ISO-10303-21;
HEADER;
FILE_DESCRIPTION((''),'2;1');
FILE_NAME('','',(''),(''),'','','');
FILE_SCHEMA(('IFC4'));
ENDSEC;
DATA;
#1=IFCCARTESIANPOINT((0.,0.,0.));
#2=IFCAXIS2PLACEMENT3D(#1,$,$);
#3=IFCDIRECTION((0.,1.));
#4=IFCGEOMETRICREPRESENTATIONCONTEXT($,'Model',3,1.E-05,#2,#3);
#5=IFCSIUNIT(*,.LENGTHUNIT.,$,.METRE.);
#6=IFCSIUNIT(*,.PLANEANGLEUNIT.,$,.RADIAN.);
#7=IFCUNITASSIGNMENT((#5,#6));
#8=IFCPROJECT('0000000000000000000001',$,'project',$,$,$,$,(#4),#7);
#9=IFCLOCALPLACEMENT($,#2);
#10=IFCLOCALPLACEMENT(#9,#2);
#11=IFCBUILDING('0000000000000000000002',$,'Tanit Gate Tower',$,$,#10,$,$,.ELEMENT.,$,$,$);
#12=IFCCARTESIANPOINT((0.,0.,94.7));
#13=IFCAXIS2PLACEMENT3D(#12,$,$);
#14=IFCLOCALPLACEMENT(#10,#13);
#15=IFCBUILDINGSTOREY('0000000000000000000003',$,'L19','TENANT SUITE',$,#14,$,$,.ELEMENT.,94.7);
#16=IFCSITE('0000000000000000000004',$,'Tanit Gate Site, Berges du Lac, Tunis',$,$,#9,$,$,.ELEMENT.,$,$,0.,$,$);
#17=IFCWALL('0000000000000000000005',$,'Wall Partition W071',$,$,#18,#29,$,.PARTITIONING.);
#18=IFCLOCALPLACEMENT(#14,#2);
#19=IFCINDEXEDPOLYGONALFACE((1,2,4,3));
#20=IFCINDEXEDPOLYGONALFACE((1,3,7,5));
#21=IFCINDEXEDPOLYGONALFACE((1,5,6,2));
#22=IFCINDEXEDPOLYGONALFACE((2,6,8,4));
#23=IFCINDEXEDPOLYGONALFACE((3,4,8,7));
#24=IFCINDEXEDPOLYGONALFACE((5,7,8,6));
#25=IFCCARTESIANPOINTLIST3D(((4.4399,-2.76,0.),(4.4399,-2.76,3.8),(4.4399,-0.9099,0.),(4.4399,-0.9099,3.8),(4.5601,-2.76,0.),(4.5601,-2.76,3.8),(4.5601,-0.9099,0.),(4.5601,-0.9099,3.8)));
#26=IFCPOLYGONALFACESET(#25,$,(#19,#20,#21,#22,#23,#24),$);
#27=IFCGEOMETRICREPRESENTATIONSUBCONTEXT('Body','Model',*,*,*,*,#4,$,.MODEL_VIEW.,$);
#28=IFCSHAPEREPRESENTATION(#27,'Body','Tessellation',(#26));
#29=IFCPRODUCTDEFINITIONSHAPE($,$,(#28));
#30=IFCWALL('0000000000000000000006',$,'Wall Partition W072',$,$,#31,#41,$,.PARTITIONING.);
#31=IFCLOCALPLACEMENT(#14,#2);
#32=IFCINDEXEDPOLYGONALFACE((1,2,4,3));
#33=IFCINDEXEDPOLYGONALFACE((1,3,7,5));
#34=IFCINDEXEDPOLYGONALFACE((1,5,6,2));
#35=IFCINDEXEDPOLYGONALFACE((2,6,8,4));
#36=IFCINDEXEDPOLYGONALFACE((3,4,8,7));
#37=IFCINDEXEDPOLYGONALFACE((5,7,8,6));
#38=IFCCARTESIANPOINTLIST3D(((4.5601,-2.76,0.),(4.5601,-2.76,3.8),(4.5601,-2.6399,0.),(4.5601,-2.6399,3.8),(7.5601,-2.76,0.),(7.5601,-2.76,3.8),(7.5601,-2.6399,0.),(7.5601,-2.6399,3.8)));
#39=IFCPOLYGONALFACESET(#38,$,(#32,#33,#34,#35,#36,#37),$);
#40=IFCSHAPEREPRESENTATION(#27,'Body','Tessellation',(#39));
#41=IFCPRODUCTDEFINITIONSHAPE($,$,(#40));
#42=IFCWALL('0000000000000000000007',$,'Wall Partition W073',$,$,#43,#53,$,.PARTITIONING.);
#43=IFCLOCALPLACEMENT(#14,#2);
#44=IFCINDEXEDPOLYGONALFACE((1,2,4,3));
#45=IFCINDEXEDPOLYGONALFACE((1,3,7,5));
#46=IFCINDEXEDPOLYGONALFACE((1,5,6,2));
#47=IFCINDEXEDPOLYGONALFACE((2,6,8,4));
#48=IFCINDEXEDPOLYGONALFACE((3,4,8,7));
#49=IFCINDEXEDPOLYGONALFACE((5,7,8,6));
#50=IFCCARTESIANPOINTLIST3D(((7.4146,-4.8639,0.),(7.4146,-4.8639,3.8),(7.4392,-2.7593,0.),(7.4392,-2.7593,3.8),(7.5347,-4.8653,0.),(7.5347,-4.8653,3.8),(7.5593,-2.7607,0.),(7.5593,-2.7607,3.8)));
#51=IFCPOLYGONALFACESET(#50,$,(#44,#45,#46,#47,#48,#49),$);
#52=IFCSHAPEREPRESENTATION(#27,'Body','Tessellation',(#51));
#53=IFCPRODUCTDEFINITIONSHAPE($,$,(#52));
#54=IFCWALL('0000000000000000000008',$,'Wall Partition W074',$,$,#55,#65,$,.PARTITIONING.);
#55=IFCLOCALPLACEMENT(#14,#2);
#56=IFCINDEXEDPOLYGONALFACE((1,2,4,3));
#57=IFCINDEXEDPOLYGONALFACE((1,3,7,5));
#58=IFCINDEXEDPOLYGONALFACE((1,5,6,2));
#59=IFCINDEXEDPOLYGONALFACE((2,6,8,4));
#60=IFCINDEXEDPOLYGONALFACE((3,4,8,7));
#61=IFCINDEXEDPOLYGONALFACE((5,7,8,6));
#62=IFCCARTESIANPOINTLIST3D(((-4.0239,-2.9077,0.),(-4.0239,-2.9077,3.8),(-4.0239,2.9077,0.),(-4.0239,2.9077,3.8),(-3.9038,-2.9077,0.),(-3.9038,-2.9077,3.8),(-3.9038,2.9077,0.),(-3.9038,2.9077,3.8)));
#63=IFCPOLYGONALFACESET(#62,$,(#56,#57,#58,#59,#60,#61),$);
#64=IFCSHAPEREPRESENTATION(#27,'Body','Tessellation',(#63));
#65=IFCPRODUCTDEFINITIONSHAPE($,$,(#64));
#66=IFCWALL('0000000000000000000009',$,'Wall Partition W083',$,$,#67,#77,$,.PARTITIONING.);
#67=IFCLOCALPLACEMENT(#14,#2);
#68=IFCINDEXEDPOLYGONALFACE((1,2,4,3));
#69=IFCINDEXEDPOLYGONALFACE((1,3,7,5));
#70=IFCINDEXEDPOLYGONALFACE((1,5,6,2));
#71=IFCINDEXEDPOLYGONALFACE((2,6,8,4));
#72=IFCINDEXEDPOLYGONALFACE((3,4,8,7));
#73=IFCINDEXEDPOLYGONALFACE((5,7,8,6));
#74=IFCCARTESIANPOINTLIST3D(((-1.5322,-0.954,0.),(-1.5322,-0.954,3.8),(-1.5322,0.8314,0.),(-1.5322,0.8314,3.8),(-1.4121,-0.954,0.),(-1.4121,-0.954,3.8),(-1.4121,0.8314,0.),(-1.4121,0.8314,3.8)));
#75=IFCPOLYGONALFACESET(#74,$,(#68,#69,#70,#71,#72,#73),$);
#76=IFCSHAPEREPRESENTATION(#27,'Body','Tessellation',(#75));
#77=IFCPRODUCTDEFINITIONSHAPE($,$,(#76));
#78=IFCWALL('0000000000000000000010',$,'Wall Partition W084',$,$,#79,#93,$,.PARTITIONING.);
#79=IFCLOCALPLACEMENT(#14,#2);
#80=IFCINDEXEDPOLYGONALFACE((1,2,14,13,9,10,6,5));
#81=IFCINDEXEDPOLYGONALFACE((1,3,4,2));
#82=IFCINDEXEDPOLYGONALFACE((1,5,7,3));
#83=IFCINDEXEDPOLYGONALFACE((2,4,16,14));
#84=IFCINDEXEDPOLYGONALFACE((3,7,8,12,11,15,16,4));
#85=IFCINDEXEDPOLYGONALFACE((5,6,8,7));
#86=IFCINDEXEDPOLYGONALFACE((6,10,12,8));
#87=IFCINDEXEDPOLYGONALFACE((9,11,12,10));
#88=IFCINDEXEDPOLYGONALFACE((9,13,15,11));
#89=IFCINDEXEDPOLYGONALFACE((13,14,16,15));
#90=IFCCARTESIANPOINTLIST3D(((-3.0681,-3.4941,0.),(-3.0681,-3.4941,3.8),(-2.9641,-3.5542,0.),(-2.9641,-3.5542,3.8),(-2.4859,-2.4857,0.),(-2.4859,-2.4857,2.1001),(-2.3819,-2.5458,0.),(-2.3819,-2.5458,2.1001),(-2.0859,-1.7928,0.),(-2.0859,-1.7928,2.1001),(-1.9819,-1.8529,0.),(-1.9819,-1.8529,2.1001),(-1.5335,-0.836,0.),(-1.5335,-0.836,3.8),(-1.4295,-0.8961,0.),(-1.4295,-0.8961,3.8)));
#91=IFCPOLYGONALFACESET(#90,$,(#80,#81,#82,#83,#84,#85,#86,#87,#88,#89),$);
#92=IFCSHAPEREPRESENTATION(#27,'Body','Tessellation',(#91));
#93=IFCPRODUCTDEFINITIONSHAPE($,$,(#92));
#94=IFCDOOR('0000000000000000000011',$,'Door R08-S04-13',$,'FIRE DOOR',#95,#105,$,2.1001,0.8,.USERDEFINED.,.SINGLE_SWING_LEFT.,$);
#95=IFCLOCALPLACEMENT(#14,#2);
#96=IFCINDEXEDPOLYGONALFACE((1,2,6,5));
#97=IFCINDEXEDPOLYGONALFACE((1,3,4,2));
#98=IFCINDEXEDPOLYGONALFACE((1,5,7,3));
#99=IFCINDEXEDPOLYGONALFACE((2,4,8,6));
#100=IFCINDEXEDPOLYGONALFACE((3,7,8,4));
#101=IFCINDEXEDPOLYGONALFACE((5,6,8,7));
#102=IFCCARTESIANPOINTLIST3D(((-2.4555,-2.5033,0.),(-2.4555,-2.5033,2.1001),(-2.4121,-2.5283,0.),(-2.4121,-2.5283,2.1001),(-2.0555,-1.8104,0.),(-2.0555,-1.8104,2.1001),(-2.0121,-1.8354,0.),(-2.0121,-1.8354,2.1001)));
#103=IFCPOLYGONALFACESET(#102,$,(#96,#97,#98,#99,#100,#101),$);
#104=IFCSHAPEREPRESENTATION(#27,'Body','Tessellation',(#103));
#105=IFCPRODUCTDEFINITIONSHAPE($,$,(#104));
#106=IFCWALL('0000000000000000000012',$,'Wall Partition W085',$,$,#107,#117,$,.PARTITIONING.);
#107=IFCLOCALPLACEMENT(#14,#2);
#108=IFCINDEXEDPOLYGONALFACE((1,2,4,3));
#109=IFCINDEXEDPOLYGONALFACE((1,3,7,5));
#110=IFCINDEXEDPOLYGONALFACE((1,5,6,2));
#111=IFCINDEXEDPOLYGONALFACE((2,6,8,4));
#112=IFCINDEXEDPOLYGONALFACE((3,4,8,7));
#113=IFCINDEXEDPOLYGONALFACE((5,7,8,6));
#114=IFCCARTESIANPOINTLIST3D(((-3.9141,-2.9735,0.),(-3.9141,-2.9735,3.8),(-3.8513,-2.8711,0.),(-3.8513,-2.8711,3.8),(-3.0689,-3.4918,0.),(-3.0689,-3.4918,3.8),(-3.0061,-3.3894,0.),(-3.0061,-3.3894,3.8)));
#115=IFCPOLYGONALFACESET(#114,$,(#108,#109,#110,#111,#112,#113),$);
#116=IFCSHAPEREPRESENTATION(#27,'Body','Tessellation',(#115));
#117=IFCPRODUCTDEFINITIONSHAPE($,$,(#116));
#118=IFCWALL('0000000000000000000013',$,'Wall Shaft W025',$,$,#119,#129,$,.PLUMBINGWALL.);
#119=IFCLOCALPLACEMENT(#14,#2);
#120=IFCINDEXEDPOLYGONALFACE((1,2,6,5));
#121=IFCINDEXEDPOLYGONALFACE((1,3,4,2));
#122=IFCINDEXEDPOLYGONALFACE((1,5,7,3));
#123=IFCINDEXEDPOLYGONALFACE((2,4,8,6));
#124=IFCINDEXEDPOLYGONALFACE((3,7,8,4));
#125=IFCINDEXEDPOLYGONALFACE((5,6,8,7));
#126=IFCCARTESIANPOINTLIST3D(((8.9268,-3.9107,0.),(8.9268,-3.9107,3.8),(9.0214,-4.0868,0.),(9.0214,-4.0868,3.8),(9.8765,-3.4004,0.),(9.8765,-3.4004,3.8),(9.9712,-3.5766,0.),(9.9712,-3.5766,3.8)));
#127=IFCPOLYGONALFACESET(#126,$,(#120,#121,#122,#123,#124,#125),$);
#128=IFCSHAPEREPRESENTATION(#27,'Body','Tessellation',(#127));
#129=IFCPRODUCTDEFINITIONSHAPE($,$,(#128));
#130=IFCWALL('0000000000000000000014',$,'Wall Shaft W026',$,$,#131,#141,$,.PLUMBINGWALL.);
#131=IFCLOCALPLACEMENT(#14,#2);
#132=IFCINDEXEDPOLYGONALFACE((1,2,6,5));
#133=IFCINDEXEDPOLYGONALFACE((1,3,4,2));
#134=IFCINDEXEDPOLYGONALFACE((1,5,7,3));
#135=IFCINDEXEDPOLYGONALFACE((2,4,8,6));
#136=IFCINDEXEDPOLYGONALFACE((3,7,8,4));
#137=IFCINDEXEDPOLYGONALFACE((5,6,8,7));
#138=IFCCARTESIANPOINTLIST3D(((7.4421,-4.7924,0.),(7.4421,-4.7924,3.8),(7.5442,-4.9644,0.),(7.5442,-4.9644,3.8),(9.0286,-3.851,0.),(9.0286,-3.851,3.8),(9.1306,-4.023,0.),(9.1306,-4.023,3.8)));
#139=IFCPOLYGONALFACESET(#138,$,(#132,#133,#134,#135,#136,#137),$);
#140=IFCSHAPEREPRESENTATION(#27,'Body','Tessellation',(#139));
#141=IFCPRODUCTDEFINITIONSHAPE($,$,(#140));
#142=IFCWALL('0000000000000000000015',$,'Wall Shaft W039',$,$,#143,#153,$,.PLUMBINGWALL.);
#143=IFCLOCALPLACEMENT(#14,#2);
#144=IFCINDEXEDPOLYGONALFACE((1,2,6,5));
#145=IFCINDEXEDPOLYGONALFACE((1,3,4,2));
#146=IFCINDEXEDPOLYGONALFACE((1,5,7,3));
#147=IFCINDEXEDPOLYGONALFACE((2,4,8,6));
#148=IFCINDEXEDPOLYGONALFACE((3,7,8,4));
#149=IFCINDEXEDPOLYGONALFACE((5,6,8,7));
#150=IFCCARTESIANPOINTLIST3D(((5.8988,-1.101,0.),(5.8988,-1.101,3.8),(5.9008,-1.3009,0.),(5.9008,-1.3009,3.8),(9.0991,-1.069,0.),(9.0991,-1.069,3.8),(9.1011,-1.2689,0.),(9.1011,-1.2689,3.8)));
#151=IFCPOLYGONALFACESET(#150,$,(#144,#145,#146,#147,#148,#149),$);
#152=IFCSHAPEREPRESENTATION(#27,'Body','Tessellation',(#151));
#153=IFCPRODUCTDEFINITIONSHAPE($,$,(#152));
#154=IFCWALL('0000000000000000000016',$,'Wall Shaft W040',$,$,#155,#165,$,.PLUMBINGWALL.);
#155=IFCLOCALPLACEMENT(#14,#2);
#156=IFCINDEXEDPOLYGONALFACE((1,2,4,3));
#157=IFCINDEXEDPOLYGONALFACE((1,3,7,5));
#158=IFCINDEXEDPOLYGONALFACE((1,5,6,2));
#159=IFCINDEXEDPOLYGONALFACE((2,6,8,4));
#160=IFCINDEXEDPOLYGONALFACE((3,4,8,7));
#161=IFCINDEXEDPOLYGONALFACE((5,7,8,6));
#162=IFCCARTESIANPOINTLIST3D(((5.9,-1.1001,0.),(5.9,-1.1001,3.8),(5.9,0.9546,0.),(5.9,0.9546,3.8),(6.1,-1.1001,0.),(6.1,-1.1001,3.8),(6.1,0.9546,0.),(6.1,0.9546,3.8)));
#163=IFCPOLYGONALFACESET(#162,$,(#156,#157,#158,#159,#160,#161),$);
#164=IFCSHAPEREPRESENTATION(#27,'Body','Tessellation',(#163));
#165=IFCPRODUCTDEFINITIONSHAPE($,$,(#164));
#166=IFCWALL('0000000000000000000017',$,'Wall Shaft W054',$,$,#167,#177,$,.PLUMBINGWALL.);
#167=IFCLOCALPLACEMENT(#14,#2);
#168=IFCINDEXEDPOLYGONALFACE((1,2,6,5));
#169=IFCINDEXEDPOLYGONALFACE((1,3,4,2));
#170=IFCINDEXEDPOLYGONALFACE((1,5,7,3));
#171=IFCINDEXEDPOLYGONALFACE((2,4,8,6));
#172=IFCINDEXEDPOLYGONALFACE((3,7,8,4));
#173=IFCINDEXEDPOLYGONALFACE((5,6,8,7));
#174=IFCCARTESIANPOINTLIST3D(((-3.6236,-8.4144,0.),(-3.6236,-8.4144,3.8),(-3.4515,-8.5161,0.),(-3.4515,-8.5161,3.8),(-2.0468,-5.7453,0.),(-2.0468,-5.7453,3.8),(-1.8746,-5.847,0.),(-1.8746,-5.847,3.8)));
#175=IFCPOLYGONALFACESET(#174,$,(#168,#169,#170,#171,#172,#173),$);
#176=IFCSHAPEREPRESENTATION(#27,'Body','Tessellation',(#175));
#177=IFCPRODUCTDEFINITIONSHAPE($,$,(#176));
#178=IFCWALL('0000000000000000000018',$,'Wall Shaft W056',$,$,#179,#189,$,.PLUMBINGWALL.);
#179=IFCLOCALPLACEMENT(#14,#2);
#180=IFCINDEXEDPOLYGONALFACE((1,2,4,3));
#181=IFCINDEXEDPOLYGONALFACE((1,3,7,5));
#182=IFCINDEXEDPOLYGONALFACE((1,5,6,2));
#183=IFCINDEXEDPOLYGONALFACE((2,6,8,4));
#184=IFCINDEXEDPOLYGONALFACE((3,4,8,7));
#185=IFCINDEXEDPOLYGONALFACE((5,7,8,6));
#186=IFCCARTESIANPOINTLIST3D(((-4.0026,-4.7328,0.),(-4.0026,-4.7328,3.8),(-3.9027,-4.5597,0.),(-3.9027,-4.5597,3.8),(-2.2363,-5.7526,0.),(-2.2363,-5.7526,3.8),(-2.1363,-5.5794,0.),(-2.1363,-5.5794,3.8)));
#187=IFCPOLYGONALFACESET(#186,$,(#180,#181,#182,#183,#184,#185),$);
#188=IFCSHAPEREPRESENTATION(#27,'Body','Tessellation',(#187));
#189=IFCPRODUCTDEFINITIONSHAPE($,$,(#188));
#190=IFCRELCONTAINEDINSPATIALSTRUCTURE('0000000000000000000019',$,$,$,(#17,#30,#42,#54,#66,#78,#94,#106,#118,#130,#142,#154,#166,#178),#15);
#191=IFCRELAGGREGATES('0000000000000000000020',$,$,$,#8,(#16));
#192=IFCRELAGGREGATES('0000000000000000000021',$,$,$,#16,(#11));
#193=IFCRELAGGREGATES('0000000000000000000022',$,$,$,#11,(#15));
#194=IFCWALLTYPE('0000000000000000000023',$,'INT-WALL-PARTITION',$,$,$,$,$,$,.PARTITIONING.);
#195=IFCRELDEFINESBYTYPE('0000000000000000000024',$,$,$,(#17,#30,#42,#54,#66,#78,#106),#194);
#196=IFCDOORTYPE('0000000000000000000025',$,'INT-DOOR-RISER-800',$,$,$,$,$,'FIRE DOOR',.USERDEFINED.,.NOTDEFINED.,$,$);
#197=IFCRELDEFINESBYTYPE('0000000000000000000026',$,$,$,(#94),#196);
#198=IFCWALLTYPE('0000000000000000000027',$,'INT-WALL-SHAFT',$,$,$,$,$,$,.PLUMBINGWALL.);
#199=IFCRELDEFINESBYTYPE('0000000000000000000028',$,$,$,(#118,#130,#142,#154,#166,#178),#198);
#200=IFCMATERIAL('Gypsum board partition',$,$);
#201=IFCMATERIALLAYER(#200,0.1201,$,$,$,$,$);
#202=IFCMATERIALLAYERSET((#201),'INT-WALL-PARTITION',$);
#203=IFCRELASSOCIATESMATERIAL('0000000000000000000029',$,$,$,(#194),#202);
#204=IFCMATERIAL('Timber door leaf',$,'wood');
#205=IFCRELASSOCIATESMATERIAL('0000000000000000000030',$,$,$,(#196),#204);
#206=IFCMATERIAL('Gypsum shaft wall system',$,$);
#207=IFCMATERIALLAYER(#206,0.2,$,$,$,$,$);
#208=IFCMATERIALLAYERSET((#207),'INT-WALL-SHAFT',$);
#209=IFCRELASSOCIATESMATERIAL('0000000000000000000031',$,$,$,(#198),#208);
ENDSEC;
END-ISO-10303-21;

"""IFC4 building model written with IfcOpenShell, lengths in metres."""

from ifc_helpers import new_model, si_unit, direction, frame, frame_2d, origin, place, context, subcontext, project, spatial, rectangle, extrude, material, layer, layer_set, type_object, element, fill, save


model = new_model("IFC4")

# Units and contexts
model_context = context("Model", 3, precision=1e-05, world=origin(), true_north=direction((0.0, 1.0)))
body_context = subcontext(model_context, "Body", "Model", "MODEL_VIEW")
ifc_project = project(units=[si_unit("LENGTHUNIT", "METRE"), si_unit("PLANEANGLEUNIT", "RADIAN")], contexts=[model_context])

# Site, building, storey
site_placement = place(None, origin())
site = spatial("IfcSite", under=ifc_project, at=site_placement, Name="Tanit Gate Site, Berges du Lac, Tunis", CompositionType="ELEMENT", RefElevation=0.0)
building_placement = place(site_placement, origin())
building = spatial("IfcBuilding", under=site, at=building_placement, Name="Tanit Gate Tower", CompositionType="ELEMENT")
storey_placement = place(building_placement, frame((0.0, 0.0, 94.7)))
storey = spatial("IfcBuildingStorey", under=building, at=storey_placement, Name="L19", Description="TENANT SUITE", CompositionType="ELEMENT", Elevation=94.7)

# Shared definitions
ifc_material_1 = material(Name="Gypsum board partition")
ifc_layer_1 = layer(ifc_material_1, 0.1201)
ifc_layer_set_1 = layer_set([ifc_layer_1], Name="INT-WALL-PARTITION")
wall_type_1 = type_object("IfcWallType", Name="INT-WALL-PARTITION", PredefinedType="PARTITIONING", material=ifc_layer_set_1)
ifc_material_2 = material(Name="Timber door leaf", Category="wood")
door_type_1 = type_object("IfcDoorType", Name="INT-DOOR-RISER-800", ElementType="FIRE DOOR", OperationType="NOTDEFINED", PredefinedType="USERDEFINED", material=ifc_material_2)

# Walls
wall_1_placement = place(storey_placement, frame((4.5, -2.76, 0.0), z_axis=(0.0, 0.0, 1.0), x_axis=(0.0, 1.0, 0.0)))
element("IfcWall", 1, at=wall_1_placement, inside=storey, type_object=wall_type_1, Name="Wall Partition W071", PredefinedType="PARTITIONING", context=body_context, shape_type="SweptSolid", body=[
    extrude(rectangle(XDim=1.8501, YDim=0.1201, at=frame_2d((0.925, 0.0))), origin(), (0.0, 0.0, 1.0), 3.8),
])
wall_2_placement = place(storey_placement, frame((7.5601, -2.7, 0.0), z_axis=(0.0, 0.0, 1.0), x_axis=(-1.0, 0.0, 0.0)))
element("IfcWall", 2, at=wall_2_placement, inside=storey, type_object=wall_type_1, Name="Wall Partition W072", PredefinedType="PARTITIONING", context=body_context, shape_type="SweptSolid", body=[
    extrude(rectangle(XDim=3.0, YDim=0.1201, at=frame_2d((1.5, 0.0))), origin(), (0.0, 0.0, 1.0), 3.8),
])
wall_3_placement = place(storey_placement, frame((7.4746, -4.8645, 0.0), z_axis=(0.0, 0.0, 1.0), x_axis=(0.011716, 0.999931, 0.0)))
element("IfcWall", 3, at=wall_3_placement, inside=storey, type_object=wall_type_1, Name="Wall Partition W073", PredefinedType="PARTITIONING", context=body_context, shape_type="SweptSolid", body=[
    extrude(rectangle(XDim=2.1047, YDim=0.1201, at=frame_2d((1.0522, 0.0))), origin(), (0.0, 0.0, 1.0), 3.8),
])
wall_4_placement = place(storey_placement, frame((-3.9639, -2.9077, 0.0), z_axis=(0.0, 0.0, 1.0), x_axis=(0.0, 1.0, 0.0)))
element("IfcWall", 4, at=wall_4_placement, inside=storey, type_object=wall_type_1, Name="Wall Partition W074", PredefinedType="PARTITIONING", context=body_context, shape_type="SweptSolid", body=[
    extrude(rectangle(XDim=5.8154, YDim=0.1201, at=frame_2d((2.9077, 0.0))), origin(), (0.0, 0.0, 1.0), 3.8),
])
wall_5_placement = place(storey_placement, frame((-1.4722, -0.9539, 0.0), z_axis=(0.0, 0.0, 1.0), x_axis=(0.0, 1.0, 0.0)))
element("IfcWall", 5, at=wall_5_placement, inside=storey, type_object=wall_type_1, Name="Wall Partition W083", PredefinedType="PARTITIONING", context=body_context, shape_type="SweptSolid", body=[
    extrude(rectangle(XDim=1.7854, YDim=0.1201, at=frame_2d((0.8926, 0.0))), origin(), (0.0, 0.0, 1.0), 3.8),
])

# Wall, opening, door
wall_6_placement = place(storey_placement, frame((-3.0161, -3.5242, 0.0), z_axis=(0.0, 0.0, 1.0), x_axis=(0.499989, 0.866032, 0.0)))
wall_6 = element("IfcWall", 6, at=wall_6_placement, inside=storey, type_object=wall_type_1, Name="Wall Partition W084", PredefinedType="PARTITIONING", context=body_context, shape_type="SweptSolid", body=[
    extrude(rectangle(XDim=3.0693, YDim=0.1201, at=frame_2d((1.5347, 0.0))), origin(), (0.0, 0.0, 1.0), 3.8),
])
opening_1_placement = place(wall_6_placement, frame((1.1646, 0.0, 0.0)))
opening_1 = element("IfcOpeningElement", 7, at=opening_1_placement, cuts=wall_6, PredefinedType="OPENING", context=body_context, shape_type="SweptSolid", body=[
    extrude(rectangle(XDim=0.8, YDim=2.1001, at=frame_2d((0.3999, 1.05))), frame((0.0, 0.0701, 0.0), z_axis=(0.0, -1.0, 0.0), x_axis=(1.0, 0.0, 0.0)), (0.0, 0.0, 1.0), 0.1401),
])
door_1_placement = place(opening_1_placement, origin())
door_1 = element("IfcDoor", 8, at=door_1_placement, inside=storey, type_object=door_type_1, Name="Door R08-S04-13", ObjectType="FIRE DOOR", OperationType="SINGLE_SWING_LEFT", OverallHeight=2.1001, OverallWidth=0.8, PredefinedType="USERDEFINED", context=body_context, shape_type="SweptSolid", body=[
    extrude(rectangle(XDim=0.8, YDim=2.1001, at=frame_2d((0.3999, 1.05))), frame((0.0, 0.0249, 0.0), z_axis=(0.0, -1.0, 0.0), x_axis=(1.0, 0.0, 0.0)), (0.0, 0.0, 1.0), 0.05),
])
fill(opening_1, door_1)

# Walls
wall_7_placement = place(storey_placement, frame((-3.8826, -2.9224, 0.0), z_axis=(0.0, 0.0, 1.0), x_axis=(0.852477, -0.522764, 0.0)))
element("IfcWall", 9, at=wall_7_placement, inside=storey, type_object=wall_type_1, Name="Wall Partition W085", PredefinedType="PARTITIONING", context=body_context, shape_type="SweptSolid", body=[
    extrude(rectangle(XDim=0.9915, YDim=0.1201, at=frame_2d((0.4956, 0.0))), origin(), (0.0, 0.0, 1.0), 3.8),
])
ifc_material_3 = material(Name="Gypsum shaft wall system")
ifc_layer_2 = layer(ifc_material_3, 0.2)
ifc_layer_set_2 = layer_set([ifc_layer_2], Name="INT-WALL-SHAFT")
wall_type_2 = type_object("IfcWallType", Name="INT-WALL-SHAFT", PredefinedType="PLUMBINGWALL", material=ifc_layer_set_2)
wall_8_placement = place(storey_placement, frame((8.9741, -3.9988, 0.0), z_axis=(0.0, 0.0, 1.0), x_axis=(0.880907, 0.473289, 0.0)))
element("IfcWall", 10, at=wall_8_placement, inside=storey, type_object=wall_type_2, Name="Wall Shaft W025", PredefinedType="PLUMBINGWALL", context=body_context, shape_type="SweptSolid", body=[
    extrude(rectangle(XDim=1.0781, YDim=0.2, at=frame_2d((0.5391, 0.0))), origin(), (0.0, 0.0, 1.0), 3.8),
])
wall_9_placement = place(storey_placement, frame((7.4932, -4.8784, 0.0), z_axis=(0.0, 0.0, 1.0), x_axis=(0.859982, 0.510325, 0.0)))
element("IfcWall", 11, at=wall_9_placement, inside=storey, type_object=wall_type_2, Name="Wall Shaft W026", PredefinedType="PLUMBINGWALL", context=body_context, shape_type="SweptSolid", body=[
    extrude(rectangle(XDim=1.8447, YDim=0.2, at=frame_2d((0.9224, 0.0))), origin(), (0.0, 0.0, 1.0), 3.8),
])
wall_10_placement = place(storey_placement, frame((5.8999, -1.2009, 0.0), z_axis=(0.0, 0.0, 1.0), x_axis=(0.99995, 0.009993, 0.0)))
element("IfcWall", 12, at=wall_10_placement, inside=storey, type_object=wall_type_2, Name="Wall Shaft W039", PredefinedType="PLUMBINGWALL", context=body_context, shape_type="SweptSolid", body=[
    extrude(rectangle(XDim=3.2004, YDim=0.2, at=frame_2d((1.6001, 0.0))), origin(), (0.0, 0.0, 1.0), 3.8),
])
wall_11_placement = place(storey_placement, frame((6.0, -1.1001, 0.0), z_axis=(0.0, 0.0, 1.0), x_axis=(0.0, 1.0, 0.0)))
element("IfcWall", 13, at=wall_11_placement, inside=storey, type_object=wall_type_2, Name="Wall Shaft W040", PredefinedType="PLUMBINGWALL", context=body_context, shape_type="SweptSolid", body=[
    extrude(rectangle(XDim=2.0547, YDim=0.2, at=frame_2d((1.0273, 0.0))), origin(), (0.0, 0.0, 1.0), 3.8),
])

# Walls
wall_12_placement = place(storey_placement, frame((-1.9607, -5.7961, 0.0), z_axis=(0.0, 0.0, 1.0), x_axis=(-0.508647, -0.860975, 0.0)))
element("IfcWall", 14, at=wall_12_placement, inside=storey, type_object=wall_type_2, Name="Wall Shaft W054", PredefinedType="PLUMBINGWALL", context=body_context, shape_type="SweptSolid", body=[
    extrude(rectangle(XDim=3.1001, YDim=0.2, at=frame_2d((1.55, 0.0))), origin(), (0.0, 0.0, 1.0), 3.8),
])
wall_13_placement = place(storey_placement, frame((-3.9526, -4.6462, 0.0), z_axis=(0.0, 0.0, 1.0), x_axis=(0.866032, -0.499988, 0.0)))
element("IfcWall", 15, at=wall_13_placement, inside=storey, type_object=wall_type_2, Name="Wall Shaft W056", PredefinedType="PLUMBINGWALL", context=body_context, shape_type="SweptSolid", body=[
    extrude(rectangle(XDim=2.0396, YDim=0.2, at=frame_2d((1.0198, 0.0))), origin(), (0.0, 0.0, 1.0), 3.8),
])

save(model, "model.ifc")
